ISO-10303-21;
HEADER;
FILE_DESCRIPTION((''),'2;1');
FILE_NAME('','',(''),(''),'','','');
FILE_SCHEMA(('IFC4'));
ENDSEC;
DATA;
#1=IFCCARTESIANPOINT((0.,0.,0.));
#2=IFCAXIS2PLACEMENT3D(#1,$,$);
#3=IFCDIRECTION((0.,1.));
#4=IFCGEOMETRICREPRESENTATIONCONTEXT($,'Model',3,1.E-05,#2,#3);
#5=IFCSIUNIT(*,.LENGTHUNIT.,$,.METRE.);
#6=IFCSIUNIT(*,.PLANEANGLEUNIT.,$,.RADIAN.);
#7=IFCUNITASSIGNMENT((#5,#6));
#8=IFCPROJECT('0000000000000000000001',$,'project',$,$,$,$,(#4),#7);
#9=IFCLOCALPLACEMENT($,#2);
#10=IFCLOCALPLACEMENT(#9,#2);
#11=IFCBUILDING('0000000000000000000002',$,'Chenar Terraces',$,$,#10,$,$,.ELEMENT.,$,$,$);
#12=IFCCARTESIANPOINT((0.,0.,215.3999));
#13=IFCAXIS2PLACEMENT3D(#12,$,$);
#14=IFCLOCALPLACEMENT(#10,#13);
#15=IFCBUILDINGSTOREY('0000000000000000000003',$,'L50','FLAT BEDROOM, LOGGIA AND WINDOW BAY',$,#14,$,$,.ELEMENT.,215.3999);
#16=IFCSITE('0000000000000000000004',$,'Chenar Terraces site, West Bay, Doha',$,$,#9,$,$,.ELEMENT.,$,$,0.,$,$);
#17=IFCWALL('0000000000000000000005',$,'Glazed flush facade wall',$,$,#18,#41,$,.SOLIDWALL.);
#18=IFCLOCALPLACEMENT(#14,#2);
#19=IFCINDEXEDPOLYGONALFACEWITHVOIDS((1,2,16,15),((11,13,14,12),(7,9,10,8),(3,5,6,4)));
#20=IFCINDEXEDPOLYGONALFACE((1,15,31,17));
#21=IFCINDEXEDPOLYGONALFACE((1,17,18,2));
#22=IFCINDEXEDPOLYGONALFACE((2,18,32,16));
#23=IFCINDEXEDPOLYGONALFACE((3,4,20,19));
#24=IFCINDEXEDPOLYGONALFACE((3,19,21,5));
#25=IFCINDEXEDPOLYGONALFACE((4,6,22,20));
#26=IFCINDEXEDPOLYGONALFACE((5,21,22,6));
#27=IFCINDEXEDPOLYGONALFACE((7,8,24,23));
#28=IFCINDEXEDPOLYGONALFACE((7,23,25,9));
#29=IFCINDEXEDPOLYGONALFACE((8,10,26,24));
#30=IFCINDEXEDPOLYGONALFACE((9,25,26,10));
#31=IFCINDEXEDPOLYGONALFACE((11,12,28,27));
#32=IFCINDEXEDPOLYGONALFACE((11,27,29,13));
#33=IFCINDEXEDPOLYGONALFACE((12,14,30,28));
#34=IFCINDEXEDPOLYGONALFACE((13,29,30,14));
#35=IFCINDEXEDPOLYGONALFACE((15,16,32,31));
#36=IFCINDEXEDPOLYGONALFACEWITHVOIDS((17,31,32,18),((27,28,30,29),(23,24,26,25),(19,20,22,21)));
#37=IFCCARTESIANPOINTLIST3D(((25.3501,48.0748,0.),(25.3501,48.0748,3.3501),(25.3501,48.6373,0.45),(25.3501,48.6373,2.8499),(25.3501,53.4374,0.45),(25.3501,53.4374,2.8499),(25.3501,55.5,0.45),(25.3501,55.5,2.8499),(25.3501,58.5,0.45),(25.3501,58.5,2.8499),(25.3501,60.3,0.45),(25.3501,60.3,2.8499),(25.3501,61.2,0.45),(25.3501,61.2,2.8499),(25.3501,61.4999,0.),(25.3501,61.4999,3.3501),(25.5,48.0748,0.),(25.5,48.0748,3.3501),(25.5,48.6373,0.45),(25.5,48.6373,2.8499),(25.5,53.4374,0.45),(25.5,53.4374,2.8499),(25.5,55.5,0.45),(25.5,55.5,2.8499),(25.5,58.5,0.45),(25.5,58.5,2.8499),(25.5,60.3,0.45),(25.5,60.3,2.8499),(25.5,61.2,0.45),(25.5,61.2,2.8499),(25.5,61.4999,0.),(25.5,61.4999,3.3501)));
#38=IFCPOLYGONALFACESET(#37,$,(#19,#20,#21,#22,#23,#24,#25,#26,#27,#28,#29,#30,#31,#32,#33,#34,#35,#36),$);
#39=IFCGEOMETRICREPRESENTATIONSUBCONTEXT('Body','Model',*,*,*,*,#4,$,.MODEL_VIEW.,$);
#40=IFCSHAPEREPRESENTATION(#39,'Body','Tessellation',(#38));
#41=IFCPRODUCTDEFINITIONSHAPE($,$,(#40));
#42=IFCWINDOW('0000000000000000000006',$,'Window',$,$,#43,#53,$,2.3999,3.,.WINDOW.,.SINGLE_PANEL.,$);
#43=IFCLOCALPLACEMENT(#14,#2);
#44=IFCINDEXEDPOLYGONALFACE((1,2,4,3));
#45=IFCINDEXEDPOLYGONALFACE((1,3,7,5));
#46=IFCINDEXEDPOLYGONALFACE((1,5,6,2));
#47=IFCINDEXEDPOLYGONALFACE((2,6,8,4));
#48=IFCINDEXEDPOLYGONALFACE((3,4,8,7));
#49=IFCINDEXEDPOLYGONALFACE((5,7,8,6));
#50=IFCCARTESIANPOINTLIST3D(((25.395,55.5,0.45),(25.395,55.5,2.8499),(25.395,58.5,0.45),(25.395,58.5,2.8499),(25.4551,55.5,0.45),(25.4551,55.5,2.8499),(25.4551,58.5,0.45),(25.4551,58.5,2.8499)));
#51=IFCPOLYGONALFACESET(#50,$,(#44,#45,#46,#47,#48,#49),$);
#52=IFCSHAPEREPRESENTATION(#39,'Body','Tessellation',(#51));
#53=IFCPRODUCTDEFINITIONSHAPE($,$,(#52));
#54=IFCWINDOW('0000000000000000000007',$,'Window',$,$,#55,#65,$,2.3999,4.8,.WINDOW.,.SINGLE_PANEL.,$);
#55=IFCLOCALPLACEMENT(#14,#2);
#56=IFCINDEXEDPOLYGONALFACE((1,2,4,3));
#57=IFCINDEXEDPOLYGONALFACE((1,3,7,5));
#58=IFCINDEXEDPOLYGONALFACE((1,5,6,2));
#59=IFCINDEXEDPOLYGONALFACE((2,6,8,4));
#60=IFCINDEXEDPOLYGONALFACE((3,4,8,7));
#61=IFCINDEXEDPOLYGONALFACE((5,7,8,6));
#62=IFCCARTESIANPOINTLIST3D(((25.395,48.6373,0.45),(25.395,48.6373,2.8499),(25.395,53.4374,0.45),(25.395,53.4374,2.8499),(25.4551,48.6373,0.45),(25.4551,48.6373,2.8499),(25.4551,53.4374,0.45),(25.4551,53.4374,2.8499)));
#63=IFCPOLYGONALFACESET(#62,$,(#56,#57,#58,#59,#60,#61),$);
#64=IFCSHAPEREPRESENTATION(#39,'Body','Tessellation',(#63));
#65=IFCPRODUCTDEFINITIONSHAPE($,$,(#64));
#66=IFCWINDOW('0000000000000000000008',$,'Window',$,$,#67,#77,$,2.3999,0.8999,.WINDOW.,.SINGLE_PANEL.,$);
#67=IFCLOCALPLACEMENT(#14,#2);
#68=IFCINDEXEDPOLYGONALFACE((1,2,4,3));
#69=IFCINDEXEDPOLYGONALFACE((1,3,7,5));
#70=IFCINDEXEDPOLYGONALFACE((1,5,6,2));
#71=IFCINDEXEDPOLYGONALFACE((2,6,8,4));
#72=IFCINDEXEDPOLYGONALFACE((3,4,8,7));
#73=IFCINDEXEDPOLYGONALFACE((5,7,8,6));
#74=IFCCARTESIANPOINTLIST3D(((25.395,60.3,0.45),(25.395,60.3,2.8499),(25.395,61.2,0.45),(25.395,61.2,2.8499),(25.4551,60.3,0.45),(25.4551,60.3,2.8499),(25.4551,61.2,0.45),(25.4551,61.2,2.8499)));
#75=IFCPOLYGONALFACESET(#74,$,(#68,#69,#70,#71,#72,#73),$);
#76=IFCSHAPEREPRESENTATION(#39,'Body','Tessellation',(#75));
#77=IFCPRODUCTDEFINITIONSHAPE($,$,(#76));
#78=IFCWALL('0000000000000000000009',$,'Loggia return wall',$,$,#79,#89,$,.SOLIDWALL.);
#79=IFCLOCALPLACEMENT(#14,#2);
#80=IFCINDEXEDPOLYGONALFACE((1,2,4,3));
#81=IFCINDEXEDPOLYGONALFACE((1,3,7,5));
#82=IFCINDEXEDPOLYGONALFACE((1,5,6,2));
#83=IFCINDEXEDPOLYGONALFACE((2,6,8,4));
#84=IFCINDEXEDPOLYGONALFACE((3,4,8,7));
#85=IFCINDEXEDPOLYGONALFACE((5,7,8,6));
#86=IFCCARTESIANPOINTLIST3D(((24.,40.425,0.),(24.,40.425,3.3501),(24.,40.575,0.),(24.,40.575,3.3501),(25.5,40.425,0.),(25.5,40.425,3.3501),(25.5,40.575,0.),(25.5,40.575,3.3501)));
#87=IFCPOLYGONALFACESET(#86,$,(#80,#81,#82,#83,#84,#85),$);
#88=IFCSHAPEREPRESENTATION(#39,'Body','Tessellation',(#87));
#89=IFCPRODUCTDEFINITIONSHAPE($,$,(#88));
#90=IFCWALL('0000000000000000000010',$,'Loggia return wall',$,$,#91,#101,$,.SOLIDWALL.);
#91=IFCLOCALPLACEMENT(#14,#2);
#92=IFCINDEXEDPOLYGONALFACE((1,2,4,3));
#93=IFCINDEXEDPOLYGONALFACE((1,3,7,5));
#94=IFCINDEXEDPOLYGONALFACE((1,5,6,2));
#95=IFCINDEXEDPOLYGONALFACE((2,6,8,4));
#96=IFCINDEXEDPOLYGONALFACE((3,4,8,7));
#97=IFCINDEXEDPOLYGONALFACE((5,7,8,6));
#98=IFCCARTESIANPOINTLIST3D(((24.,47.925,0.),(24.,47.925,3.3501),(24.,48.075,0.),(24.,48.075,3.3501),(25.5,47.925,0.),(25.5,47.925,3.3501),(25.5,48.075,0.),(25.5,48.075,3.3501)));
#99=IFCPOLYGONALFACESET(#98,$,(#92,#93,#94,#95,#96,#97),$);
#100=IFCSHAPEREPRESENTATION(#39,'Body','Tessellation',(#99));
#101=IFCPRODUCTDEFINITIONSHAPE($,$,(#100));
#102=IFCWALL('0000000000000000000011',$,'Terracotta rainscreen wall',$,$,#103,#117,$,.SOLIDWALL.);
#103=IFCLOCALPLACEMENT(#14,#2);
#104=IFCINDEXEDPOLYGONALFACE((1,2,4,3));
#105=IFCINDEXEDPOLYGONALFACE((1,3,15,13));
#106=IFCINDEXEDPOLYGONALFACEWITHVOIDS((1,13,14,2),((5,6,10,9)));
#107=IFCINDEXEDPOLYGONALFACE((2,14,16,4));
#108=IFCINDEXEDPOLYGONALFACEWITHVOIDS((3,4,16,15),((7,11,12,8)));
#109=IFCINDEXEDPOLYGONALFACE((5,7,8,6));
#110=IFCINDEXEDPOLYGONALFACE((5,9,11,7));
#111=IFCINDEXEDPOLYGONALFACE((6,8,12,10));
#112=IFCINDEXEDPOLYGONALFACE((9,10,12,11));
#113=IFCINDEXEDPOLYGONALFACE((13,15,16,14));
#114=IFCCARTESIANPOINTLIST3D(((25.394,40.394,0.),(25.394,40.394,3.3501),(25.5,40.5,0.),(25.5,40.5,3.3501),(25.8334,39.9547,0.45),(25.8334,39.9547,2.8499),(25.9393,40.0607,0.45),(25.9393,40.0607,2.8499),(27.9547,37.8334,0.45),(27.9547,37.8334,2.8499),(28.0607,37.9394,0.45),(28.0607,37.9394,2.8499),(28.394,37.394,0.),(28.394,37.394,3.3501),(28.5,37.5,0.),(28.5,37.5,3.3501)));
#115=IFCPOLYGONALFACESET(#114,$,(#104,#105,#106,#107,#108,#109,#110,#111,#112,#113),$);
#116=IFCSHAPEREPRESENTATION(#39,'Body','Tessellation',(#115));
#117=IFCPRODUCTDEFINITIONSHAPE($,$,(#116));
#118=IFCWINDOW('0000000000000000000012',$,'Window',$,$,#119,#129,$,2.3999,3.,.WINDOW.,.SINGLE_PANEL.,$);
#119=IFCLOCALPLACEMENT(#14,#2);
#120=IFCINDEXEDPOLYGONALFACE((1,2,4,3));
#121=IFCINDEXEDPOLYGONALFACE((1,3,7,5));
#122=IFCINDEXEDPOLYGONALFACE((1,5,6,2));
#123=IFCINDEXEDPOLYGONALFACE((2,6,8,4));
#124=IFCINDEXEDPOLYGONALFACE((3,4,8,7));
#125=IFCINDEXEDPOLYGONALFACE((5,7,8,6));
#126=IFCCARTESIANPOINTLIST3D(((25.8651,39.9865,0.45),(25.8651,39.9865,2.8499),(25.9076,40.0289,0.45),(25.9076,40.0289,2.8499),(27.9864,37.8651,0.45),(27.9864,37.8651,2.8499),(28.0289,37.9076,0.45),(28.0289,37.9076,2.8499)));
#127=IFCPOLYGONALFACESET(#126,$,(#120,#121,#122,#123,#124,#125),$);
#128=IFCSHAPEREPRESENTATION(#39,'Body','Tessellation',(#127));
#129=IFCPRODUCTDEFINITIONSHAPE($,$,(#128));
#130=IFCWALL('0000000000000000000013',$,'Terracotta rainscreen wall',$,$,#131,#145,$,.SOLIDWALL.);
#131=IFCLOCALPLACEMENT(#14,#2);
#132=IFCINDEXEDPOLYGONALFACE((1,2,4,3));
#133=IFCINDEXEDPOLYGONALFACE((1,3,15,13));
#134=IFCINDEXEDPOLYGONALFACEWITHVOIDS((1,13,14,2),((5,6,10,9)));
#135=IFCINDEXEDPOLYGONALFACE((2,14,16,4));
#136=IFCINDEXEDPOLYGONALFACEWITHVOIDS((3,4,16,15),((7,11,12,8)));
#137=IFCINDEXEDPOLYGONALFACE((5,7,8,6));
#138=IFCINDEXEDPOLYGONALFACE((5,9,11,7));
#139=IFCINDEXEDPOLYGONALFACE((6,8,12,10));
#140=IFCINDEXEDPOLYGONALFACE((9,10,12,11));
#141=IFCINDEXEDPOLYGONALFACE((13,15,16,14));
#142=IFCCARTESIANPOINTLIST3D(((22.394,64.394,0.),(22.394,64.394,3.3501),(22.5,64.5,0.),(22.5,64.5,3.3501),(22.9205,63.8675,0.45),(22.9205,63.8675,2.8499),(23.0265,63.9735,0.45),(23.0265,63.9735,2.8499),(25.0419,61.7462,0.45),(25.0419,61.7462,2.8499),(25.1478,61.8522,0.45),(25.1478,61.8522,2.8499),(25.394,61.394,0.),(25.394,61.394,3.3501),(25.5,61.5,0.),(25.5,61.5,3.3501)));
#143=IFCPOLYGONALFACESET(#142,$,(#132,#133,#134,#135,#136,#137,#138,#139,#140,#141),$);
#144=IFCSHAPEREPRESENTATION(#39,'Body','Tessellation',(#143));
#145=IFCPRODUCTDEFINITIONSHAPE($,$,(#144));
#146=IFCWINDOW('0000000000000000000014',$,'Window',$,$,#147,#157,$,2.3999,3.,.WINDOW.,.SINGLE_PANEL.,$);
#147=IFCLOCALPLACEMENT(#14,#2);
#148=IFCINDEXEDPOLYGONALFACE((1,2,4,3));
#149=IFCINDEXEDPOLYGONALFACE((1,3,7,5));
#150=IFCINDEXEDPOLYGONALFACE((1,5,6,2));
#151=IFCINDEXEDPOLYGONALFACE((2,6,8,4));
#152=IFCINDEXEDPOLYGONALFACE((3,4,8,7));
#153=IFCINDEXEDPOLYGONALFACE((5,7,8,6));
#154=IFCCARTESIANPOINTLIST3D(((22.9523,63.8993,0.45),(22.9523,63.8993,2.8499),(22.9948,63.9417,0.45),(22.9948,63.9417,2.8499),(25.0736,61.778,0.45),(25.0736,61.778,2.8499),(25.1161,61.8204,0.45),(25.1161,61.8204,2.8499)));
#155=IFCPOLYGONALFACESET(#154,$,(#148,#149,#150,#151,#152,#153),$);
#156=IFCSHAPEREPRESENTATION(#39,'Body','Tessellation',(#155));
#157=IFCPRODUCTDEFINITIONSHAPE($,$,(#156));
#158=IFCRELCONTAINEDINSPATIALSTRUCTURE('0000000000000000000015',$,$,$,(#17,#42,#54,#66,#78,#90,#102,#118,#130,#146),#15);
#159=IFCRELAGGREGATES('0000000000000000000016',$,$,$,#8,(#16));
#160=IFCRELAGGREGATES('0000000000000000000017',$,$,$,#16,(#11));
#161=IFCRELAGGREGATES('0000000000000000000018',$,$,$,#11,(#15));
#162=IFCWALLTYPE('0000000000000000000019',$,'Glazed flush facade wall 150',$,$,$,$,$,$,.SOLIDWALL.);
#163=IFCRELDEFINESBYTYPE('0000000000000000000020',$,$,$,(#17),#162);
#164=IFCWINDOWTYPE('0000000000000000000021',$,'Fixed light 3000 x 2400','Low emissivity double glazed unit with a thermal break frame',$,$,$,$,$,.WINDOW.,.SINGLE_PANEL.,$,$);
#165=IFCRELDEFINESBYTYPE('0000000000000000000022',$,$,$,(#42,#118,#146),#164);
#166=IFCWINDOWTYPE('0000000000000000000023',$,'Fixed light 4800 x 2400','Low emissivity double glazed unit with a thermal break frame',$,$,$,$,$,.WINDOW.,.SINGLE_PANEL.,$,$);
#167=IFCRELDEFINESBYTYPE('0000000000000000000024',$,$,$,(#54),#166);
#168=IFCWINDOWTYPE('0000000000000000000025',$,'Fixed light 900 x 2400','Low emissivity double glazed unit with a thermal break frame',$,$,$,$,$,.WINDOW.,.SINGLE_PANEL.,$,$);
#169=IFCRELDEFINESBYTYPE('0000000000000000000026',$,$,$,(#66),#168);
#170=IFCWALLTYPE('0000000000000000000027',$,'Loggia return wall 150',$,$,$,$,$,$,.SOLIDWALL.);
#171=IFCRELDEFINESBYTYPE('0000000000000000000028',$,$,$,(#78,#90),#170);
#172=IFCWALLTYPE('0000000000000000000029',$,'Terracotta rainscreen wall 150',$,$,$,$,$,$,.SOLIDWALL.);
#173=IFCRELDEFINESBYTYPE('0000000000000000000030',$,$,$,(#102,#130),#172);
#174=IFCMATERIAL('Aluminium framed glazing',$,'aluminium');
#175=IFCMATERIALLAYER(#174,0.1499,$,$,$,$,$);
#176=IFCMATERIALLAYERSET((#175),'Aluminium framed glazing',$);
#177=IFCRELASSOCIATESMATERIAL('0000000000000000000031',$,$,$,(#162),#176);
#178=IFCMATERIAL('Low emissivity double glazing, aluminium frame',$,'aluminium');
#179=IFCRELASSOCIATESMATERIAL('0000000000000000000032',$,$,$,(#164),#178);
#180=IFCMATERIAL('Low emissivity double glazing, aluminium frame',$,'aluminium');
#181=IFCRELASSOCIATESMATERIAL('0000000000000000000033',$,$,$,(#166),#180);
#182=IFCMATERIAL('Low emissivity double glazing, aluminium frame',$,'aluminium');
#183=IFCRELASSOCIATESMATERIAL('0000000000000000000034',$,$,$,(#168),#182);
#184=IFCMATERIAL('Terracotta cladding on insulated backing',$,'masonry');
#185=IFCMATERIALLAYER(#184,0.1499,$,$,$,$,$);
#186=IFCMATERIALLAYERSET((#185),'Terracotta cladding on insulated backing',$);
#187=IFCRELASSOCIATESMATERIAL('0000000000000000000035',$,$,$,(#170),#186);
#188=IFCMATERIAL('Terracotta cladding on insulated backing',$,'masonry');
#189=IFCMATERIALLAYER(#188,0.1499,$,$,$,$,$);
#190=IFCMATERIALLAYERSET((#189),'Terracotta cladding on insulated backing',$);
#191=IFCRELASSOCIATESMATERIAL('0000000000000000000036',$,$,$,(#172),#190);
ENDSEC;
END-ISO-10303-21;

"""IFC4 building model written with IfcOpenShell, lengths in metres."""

from ifc_helpers import new_model, si_unit, direction, frame, frame_2d, origin, place, context, subcontext, project, spatial, rectangle, extrude, material, layer, layer_set, type_object, element, fill, save


model = new_model("IFC4")

# Units and contexts
model_context = context("Model", 3, precision=1e-05, world=origin(), true_north=direction((0.0, 1.0)))
body_context = subcontext(model_context, "Body", "Model", "MODEL_VIEW")
ifc_project = project(units=[si_unit("LENGTHUNIT", "METRE"), si_unit("PLANEANGLEUNIT", "RADIAN")], contexts=[model_context])

# Site, building, storey
site_placement = place(None, origin())
site = spatial("IfcSite", under=ifc_project, at=site_placement, Name="Chenar Terraces site, West Bay, Doha", CompositionType="ELEMENT", RefElevation=0.0)
building_placement = place(site_placement, origin())
building = spatial("IfcBuilding", under=site, at=building_placement, Name="Chenar Terraces", CompositionType="ELEMENT")
storey_placement = place(building_placement, frame((0.0, 0.0, 215.3999)))
storey = spatial("IfcBuildingStorey", under=building, at=storey_placement, Name="L50", Description="FLAT BEDROOM, LOGGIA AND WINDOW BAY", CompositionType="ELEMENT", Elevation=215.3999)

# Wall, openings, windows
ifc_material_1 = material(Name="Aluminium framed glazing", Category="aluminium")
ifc_layer_1 = layer(ifc_material_1, 0.1499)
ifc_layer_set_1 = layer_set([ifc_layer_1], Name="Aluminium framed glazing")
wall_type_1 = type_object("IfcWallType", Name="Glazed flush facade wall 150", PredefinedType="SOLIDWALL", material=ifc_layer_set_1)
wall_1_placement = place(storey_placement, frame((25.425, 48.075, 0.0), z_axis=(0.0, 0.0, 1.0), x_axis=(0.0, 1.0, 0.0)))
wall_1 = element("IfcWall", 1, at=wall_1_placement, inside=storey, type_object=wall_type_1, Name="Glazed flush facade wall", PredefinedType="SOLIDWALL", context=body_context, shape_type="SweptSolid", body=[
    extrude(rectangle(XDim=13.425, YDim=0.1499, at=frame_2d((6.7124, 0.0))), origin(), (0.0, 0.0, 1.0), 3.3501),
])
opening_1_placement = place(wall_1_placement, frame((0.5625, 0.0, 0.45)))
opening_1 = element("IfcOpeningElement", 2, at=opening_1_placement, cuts=wall_1, PredefinedType="OPENING", context=body_context, shape_type="SweptSolid", body=[
    extrude(rectangle(XDim=4.8, YDim=2.3999, at=frame_2d((2.3999, 1.2))), frame((0.0, 0.085, 0.0), z_axis=(0.0, -1.0, 0.0), x_axis=(1.0, 0.0, 0.0)), (0.0, 0.0, 1.0), 0.1699),
])
opening_2_placement = place(wall_1_placement, frame((7.425, 0.0, 0.45)))
opening_2 = element("IfcOpeningElement", 3, at=opening_2_placement, cuts=wall_1, PredefinedType="OPENING", context=body_context, shape_type="SweptSolid", body=[
    extrude(rectangle(XDim=3.0, YDim=2.3999, at=frame_2d((1.5, 1.2))), frame((0.0, 0.085, 0.0), z_axis=(0.0, -1.0, 0.0), x_axis=(1.0, 0.0, 0.0)), (0.0, 0.0, 1.0), 0.1699),
])
opening_3_placement = place(wall_1_placement, frame((12.2251, 0.0, 0.45)))
opening_3 = element("IfcOpeningElement", 4, at=opening_3_placement, cuts=wall_1, PredefinedType="OPENING", context=body_context, shape_type="SweptSolid", body=[
    extrude(rectangle(XDim=0.8999, YDim=2.3999, at=frame_2d((0.45, 1.2))), frame((0.0, 0.085, 0.0), z_axis=(0.0, -1.0, 0.0), x_axis=(1.0, 0.0, 0.0)), (0.0, 0.0, 1.0), 0.1699),
])
ifc_material_2 = material(Name="Low emissivity double glazing, aluminium frame", Category="aluminium")
window_type_1 = type_object("IfcWindowType", Name="Fixed light 3000 x 2400", Description="Low emissivity double glazed unit with a thermal break frame", PartitioningType="SINGLE_PANEL", PredefinedType="WINDOW", material=ifc_material_2)
window_1_placement = place(opening_2_placement, origin())
window_1 = element("IfcWindow", 5, at=window_1_placement, inside=storey, type_object=window_type_1, Name="Window", OverallHeight=2.3999, OverallWidth=3.0, PartitioningType="SINGLE_PANEL", PredefinedType="WINDOW", context=body_context, shape_type="SweptSolid", body=[
    extrude(rectangle(XDim=3.0, YDim=2.3999, at=frame_2d((1.5, 1.2))), frame((0.0, 0.03, 0.0), z_axis=(0.0, -1.0, 0.0), x_axis=(1.0, 0.0, 0.0)), (0.0, 0.0, 1.0), 0.0601),
])
fill(opening_2, window_1)
ifc_material_3 = material(Name="Low emissivity double glazing, aluminium frame", Category="aluminium")
window_type_2 = type_object("IfcWindowType", Name="Fixed light 4800 x 2400", Description="Low emissivity double glazed unit with a thermal break frame", PartitioningType="SINGLE_PANEL", PredefinedType="WINDOW", material=ifc_material_3)
window_2_placement = place(opening_1_placement, origin())
window_2 = element("IfcWindow", 6, at=window_2_placement, inside=storey, type_object=window_type_2, Name="Window", OverallHeight=2.3999, OverallWidth=4.8, PartitioningType="SINGLE_PANEL", PredefinedType="WINDOW", context=body_context, shape_type="SweptSolid", body=[
    extrude(rectangle(XDim=4.8, YDim=2.3999, at=frame_2d((2.3999, 1.2))), frame((0.0, 0.03, 0.0), z_axis=(0.0, -1.0, 0.0), x_axis=(1.0, 0.0, 0.0)), (0.0, 0.0, 1.0), 0.0601),
])
fill(opening_1, window_2)
ifc_material_4 = material(Name="Low emissivity double glazing, aluminium frame", Category="aluminium")
window_type_3 = type_object("IfcWindowType", Name="Fixed light 900 x 2400", Description="Low emissivity double glazed unit with a thermal break frame", PartitioningType="SINGLE_PANEL", PredefinedType="WINDOW", material=ifc_material_4)
window_3_placement = place(opening_3_placement, origin())
window_3 = element("IfcWindow", 7, at=window_3_placement, inside=storey, type_object=window_type_3, Name="Window", OverallHeight=2.3999, OverallWidth=0.8999, PartitioningType="SINGLE_PANEL", PredefinedType="WINDOW", context=body_context, shape_type="SweptSolid", body=[
    extrude(rectangle(XDim=0.8999, YDim=2.3999, at=frame_2d((0.45, 1.2))), frame((0.0, 0.03, 0.0), z_axis=(0.0, -1.0, 0.0), x_axis=(1.0, 0.0, 0.0)), (0.0, 0.0, 1.0), 0.0601),
])
fill(opening_3, window_3)

# Walls
ifc_material_5 = material(Name="Terracotta cladding on insulated backing", Category="masonry")
ifc_layer_2 = layer(ifc_material_5, 0.1499)
ifc_layer_set_2 = layer_set([ifc_layer_2], Name="Terracotta cladding on insulated backing")
wall_type_2 = type_object("IfcWallType", Name="Loggia return wall 150", PredefinedType="SOLIDWALL", material=ifc_layer_set_2)
for number, where, z_axis, x_axis, name in (
    (8, (25.5, 40.5, 0.0), (0.0, 0.0, 1.0), (-1.0, 0.0, 0.0), "Loggia return wall"),
    (9, (25.5, 48.0, 0.0), (0.0, 0.0, 1.0), (-1.0, 0.0, 0.0), "Loggia return wall"),
):
    element("IfcWall", number, at=place(storey_placement, frame(where, z_axis=z_axis, x_axis=x_axis)), inside=storey, type_object=wall_type_2, Name=name, PredefinedType="SOLIDWALL", context=body_context, shape_type="SweptSolid", body=[
        extrude(rectangle(XDim=1.5, YDim=0.1499, at=frame_2d((0.75, 0.0))), origin(), (0.0, 0.0, 1.0), 3.3501),
    ])

# Walls, openings, windows
ifc_material_6 = material(Name="Terracotta cladding on insulated backing", Category="masonry")
ifc_layer_3 = layer(ifc_material_6, 0.1499)
ifc_layer_set_3 = layer_set([ifc_layer_3], Name="Terracotta cladding on insulated backing")
wall_type_3 = type_object("IfcWallType", Name="Terracotta rainscreen wall 150", PredefinedType="SOLIDWALL", material=ifc_layer_set_3)
wall_2_placement = place(storey_placement, frame((28.447, 37.447, 0.0), z_axis=(0.0, 0.0, 1.0), x_axis=(-0.707107, 0.707107, 0.0)))
wall_2 = element("IfcWall", 10, at=wall_2_placement, inside=storey, type_object=wall_type_3, Name="Terracotta rainscreen wall", PredefinedType="SOLIDWALL", context=body_context, shape_type="SweptSolid", body=[
    extrude(rectangle(XDim=4.2427, YDim=0.1499, at=frame_2d((2.1213, 0.0))), origin(), (0.0, 0.0, 1.0), 3.3501),
])
opening_4_placement = place(wall_2_placement, frame((0.6213, 0.0, 0.45)))
opening_4 = element("IfcOpeningElement", 11, at=opening_4_placement, cuts=wall_2, PredefinedType="OPENING", context=body_context, shape_type="SweptSolid", body=[
    extrude(rectangle(XDim=3.0, YDim=2.3999, at=frame_2d((1.5, 1.2))), frame((0.0, 0.085, 0.0), z_axis=(0.0, -1.0, 0.0), x_axis=(1.0, 0.0, 0.0)), (0.0, 0.0, 1.0), 0.1699),
])
window_4_placement = place(opening_4_placement, origin())
window_4 = element("IfcWindow", 12, at=window_4_placement, inside=storey, type_object=window_type_1, Name="Window", OverallHeight=2.3999, OverallWidth=3.0, PartitioningType="SINGLE_PANEL", PredefinedType="WINDOW", context=body_context, shape_type="SweptSolid", body=[
    extrude(rectangle(XDim=3.0, YDim=2.3999, at=frame_2d((1.5, 1.2))), frame((0.0, 0.03, 0.0), z_axis=(0.0, -1.0, 0.0), x_axis=(1.0, 0.0, 0.0)), (0.0, 0.0, 1.0), 0.0601),
])
fill(opening_4, window_4)
wall_3_placement = place(storey_placement, frame((25.447, 61.447, 0.0), z_axis=(0.0, 0.0, 1.0), x_axis=(-0.707107, 0.707107, 0.0)))
wall_3 = element("IfcWall", 13, at=wall_3_placement, inside=storey, type_object=wall_type_3, Name="Terracotta rainscreen wall", PredefinedType="SOLIDWALL", context=body_context, shape_type="SweptSolid", body=[
    extrude(rectangle(XDim=4.2427, YDim=0.1499, at=frame_2d((2.1213, 0.0))), origin(), (0.0, 0.0, 1.0), 3.3501),
])
opening_5_placement = place(wall_3_placement, frame((0.498, 0.0, 0.45)))
opening_5 = element("IfcOpeningElement", 14, at=opening_5_placement, cuts=wall_3, PredefinedType="OPENING", context=body_context, shape_type="SweptSolid", body=[
    extrude(rectangle(XDim=3.0, YDim=2.3999, at=frame_2d((1.5, 1.2))), frame((0.0, 0.085, 0.0), z_axis=(0.0, -1.0, 0.0), x_axis=(1.0, 0.0, 0.0)), (0.0, 0.0, 1.0), 0.1699),
])
window_5_placement = place(opening_5_placement, origin())
window_5 = element("IfcWindow", 15, at=window_5_placement, inside=storey, type_object=window_type_1, Name="Window", OverallHeight=2.3999, OverallWidth=3.0, PartitioningType="SINGLE_PANEL", PredefinedType="WINDOW", context=body_context, shape_type="SweptSolid", body=[
    extrude(rectangle(XDim=3.0, YDim=2.3999, at=frame_2d((1.5, 1.2))), frame((0.0, 0.03, 0.0), z_axis=(0.0, -1.0, 0.0), x_axis=(1.0, 0.0, 0.0)), (0.0, 0.0, 1.0), 0.0601),
])
fill(opening_5, window_5)

save(model, "model.ifc")
